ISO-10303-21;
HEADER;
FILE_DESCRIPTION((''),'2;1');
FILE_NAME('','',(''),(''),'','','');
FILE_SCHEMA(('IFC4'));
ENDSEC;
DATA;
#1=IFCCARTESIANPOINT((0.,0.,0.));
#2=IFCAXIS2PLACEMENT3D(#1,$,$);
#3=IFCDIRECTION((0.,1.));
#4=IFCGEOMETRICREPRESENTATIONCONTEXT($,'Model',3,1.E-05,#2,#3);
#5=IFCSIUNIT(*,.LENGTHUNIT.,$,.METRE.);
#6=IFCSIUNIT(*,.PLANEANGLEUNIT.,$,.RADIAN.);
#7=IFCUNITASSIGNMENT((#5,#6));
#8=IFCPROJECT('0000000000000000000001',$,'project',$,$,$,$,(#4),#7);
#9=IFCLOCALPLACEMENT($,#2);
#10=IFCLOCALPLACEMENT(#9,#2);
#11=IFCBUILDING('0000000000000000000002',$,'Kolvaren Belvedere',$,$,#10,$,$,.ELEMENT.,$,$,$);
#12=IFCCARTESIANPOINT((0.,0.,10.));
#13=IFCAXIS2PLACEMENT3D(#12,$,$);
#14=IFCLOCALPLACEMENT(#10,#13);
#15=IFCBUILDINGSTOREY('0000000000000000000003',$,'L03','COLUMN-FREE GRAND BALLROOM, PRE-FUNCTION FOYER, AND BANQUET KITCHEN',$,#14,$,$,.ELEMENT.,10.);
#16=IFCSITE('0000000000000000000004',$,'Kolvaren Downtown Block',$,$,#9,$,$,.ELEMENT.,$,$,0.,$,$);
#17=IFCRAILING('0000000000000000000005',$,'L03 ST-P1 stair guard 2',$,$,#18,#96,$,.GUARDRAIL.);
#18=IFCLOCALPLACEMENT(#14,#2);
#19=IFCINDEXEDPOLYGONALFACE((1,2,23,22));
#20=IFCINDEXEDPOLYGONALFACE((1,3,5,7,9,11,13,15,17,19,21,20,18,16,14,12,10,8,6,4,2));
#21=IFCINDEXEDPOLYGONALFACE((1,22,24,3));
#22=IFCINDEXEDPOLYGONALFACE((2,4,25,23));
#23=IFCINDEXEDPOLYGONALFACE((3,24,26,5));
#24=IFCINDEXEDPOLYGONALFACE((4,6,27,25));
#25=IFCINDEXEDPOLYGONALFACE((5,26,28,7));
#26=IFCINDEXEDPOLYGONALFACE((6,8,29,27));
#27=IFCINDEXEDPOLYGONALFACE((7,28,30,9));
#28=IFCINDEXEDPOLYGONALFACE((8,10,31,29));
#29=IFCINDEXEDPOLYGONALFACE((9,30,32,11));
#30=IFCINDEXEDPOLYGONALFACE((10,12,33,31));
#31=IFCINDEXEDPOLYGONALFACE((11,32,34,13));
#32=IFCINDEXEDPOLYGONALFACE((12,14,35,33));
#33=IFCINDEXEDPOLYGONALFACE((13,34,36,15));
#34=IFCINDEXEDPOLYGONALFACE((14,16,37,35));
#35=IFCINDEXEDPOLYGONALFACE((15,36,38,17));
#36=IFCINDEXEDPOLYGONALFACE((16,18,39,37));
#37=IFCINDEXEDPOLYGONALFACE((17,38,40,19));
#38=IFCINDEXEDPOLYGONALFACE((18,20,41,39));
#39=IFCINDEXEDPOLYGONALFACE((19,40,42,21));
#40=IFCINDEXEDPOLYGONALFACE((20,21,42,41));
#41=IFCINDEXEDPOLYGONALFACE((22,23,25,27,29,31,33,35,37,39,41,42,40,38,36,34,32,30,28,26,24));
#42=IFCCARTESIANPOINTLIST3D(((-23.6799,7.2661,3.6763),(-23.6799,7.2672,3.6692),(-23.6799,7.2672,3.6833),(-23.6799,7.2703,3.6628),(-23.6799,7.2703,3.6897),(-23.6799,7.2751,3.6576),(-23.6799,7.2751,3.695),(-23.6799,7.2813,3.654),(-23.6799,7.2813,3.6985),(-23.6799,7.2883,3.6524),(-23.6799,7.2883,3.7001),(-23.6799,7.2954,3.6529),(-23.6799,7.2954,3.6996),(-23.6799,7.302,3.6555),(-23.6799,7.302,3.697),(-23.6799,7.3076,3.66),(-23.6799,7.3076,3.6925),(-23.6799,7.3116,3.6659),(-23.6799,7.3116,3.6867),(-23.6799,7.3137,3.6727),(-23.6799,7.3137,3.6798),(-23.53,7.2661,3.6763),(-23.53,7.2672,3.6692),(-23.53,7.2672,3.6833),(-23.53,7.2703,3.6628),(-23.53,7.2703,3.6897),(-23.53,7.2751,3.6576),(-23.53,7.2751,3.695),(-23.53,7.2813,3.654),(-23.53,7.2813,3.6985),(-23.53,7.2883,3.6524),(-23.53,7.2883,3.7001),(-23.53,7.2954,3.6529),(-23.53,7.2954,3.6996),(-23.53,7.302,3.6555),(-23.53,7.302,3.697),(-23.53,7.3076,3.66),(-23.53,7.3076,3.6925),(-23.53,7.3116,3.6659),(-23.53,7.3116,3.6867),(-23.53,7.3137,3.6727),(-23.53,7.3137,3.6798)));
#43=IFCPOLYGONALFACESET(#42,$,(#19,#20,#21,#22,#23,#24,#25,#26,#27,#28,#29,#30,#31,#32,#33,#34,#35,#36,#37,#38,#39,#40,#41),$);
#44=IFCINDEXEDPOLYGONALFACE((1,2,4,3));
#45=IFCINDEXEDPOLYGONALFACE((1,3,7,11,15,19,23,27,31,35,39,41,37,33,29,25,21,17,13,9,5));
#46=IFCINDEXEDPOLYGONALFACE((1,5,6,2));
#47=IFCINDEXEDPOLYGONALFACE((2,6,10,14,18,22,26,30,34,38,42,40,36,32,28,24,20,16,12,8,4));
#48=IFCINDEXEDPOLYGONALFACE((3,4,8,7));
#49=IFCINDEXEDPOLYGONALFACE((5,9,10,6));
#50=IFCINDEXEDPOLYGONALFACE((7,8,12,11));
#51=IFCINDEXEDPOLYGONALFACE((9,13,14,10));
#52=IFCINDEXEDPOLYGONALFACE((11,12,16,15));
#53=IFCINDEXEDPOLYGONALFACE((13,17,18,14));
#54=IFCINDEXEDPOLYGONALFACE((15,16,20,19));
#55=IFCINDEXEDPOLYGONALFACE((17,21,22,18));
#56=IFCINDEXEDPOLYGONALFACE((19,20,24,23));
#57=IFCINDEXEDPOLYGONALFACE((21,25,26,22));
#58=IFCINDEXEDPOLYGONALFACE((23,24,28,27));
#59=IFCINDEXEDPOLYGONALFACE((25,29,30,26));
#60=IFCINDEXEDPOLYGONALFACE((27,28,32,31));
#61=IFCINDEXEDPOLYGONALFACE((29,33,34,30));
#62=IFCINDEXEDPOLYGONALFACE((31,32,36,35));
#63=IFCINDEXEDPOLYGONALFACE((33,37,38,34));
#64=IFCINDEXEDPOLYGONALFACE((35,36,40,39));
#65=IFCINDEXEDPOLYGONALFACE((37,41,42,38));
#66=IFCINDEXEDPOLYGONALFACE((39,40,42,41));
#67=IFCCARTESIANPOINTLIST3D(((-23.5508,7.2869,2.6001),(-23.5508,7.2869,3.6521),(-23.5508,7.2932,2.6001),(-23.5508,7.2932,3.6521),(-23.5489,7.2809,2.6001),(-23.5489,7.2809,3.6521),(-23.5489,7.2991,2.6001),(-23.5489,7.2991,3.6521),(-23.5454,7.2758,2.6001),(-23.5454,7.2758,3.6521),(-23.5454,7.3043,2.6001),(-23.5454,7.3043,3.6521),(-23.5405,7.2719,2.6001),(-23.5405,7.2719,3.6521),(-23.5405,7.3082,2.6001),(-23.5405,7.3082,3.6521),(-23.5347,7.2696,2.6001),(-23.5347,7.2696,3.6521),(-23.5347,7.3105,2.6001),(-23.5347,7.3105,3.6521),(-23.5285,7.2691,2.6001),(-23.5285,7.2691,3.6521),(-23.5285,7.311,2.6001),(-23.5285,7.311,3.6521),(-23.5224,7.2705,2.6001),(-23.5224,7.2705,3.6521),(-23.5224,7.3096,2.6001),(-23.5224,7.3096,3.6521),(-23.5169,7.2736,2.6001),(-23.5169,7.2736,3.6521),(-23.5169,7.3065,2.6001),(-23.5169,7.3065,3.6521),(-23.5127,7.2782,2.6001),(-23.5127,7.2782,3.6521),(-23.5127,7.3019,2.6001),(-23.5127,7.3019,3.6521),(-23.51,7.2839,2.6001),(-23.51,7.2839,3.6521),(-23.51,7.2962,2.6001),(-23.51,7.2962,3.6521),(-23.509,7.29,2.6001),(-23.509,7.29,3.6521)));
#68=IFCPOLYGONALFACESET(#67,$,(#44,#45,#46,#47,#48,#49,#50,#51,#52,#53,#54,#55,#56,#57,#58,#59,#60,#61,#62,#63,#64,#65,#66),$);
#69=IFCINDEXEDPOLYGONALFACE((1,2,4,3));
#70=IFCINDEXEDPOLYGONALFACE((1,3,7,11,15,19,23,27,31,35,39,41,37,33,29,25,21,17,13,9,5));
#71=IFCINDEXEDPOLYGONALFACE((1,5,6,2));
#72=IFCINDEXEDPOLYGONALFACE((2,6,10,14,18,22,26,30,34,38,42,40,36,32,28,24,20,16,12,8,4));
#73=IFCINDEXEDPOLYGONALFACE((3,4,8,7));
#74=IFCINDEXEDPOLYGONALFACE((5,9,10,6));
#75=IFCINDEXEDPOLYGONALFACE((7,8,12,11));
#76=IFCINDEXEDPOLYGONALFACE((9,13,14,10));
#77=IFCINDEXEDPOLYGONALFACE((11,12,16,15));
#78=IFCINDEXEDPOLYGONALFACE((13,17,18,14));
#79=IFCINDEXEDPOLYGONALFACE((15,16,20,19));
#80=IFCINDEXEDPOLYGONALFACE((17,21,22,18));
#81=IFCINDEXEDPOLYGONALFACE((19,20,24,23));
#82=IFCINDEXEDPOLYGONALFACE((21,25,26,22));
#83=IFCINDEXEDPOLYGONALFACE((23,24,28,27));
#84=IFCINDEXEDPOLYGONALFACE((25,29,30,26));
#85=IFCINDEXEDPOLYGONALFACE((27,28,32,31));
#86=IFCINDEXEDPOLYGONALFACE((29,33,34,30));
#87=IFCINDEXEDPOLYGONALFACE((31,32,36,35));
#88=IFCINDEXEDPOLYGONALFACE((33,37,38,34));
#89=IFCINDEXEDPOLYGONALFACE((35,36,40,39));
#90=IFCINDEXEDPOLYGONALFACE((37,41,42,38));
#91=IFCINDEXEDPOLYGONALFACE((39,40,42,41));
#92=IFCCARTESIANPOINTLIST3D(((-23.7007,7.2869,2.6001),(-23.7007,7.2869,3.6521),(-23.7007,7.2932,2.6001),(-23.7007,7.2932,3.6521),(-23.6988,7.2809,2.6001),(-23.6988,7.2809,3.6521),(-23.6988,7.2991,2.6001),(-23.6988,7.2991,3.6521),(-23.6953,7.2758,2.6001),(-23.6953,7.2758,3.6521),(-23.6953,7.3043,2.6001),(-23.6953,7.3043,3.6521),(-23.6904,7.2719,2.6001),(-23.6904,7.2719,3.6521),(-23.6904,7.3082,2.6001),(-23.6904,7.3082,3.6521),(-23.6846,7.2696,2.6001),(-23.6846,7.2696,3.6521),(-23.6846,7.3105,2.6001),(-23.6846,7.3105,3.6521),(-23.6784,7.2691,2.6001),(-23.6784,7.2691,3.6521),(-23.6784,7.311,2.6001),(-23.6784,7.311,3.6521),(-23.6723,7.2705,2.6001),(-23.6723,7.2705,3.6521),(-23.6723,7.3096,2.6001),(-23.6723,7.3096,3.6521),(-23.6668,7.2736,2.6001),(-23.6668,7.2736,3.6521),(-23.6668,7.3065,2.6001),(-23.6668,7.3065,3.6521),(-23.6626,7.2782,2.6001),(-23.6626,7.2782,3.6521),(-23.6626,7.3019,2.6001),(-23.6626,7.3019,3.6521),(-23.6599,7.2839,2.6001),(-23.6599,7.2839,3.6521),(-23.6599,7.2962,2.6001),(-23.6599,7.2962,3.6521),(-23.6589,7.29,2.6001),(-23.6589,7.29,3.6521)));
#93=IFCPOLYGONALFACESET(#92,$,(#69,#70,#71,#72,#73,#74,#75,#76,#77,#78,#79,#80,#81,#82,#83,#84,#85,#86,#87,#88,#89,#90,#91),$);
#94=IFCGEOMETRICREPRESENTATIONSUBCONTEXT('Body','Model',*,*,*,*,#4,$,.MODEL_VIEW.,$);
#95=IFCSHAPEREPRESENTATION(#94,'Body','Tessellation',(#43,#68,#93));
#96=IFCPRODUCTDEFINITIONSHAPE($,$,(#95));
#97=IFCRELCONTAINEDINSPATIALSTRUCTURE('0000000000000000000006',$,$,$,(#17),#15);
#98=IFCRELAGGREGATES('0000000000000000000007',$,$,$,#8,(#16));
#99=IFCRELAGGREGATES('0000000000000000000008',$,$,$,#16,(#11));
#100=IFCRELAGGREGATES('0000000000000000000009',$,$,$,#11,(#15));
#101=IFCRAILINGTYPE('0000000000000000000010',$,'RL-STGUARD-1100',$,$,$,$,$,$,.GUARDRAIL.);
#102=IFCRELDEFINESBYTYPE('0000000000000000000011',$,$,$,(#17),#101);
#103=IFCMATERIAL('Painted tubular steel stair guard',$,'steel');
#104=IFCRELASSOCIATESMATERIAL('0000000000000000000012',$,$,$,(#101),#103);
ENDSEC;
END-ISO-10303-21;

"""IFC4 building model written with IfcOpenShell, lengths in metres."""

from ifc_helpers import new_model, si_unit, direction, frame, origin, origin_2d, place, context, subcontext, project, spatial, circle, extrude, material, type_object, element, save


model = new_model("IFC4")

# Units and contexts
model_context = context("Model", 3, precision=1e-05, world=origin(), true_north=direction((0.0, 1.0)))
body_context = subcontext(model_context, "Body", "Model", "MODEL_VIEW")
ifc_project = project(units=[si_unit("LENGTHUNIT", "METRE"), si_unit("PLANEANGLEUNIT", "RADIAN")], contexts=[model_context])

# Site, building, storey
site_placement = place(None, origin())
site = spatial("IfcSite", under=ifc_project, at=site_placement, Name="Kolvaren Downtown Block", CompositionType="ELEMENT", RefElevation=0.0)
building_placement = place(site_placement, origin())
building = spatial("IfcBuilding", under=site, at=building_placement, Name="Kolvaren Belvedere", CompositionType="ELEMENT")
storey_placement = place(building_placement, frame((0.0, 0.0, 10.0)))
storey = spatial("IfcBuildingStorey", under=building, at=storey_placement, Name="L03", Description="COLUMN-FREE GRAND BALLROOM, PRE-FUNCTION FOYER, AND BANQUET KITCHEN", CompositionType="ELEMENT", Elevation=10.0)

# Railing
ifc_material_1 = material(Name="Painted tubular steel stair guard", Category="steel")
railing_type_1 = type_object("IfcRailingType", Name="RL-STGUARD-1100", PredefinedType="GUARDRAIL", material=ifc_material_1)
railing_1_placement = place(storey_placement, frame((-23.53, 7.29, 2.6001)))
element("IfcRailing", 1, at=railing_1_placement, inside=storey, type_object=railing_type_1, Name="L03 ST-P1 stair guard 2", PredefinedType="GUARDRAIL", context=body_context, shape_type="SweptSolid", body=[
    extrude(circle(Radius=0.0239, at=origin_2d()), frame((0.0, 0.0, 1.0762), z_axis=(-1.0, 0.0, 0.0), x_axis=(0.0, -1.0, 0.0)), (0.0, 0.0, 1.0), 0.1499),
    extrude(circle(Radius=0.021, at=origin_2d()), origin(), (0.0, 0.0, 1.0), 1.052),
    extrude(circle(Radius=0.021, at=origin_2d()), frame((-0.1499, 0.0, 0.0)), (0.0, 0.0, 1.0), 1.052),
])

save(model, "model.ifc")
